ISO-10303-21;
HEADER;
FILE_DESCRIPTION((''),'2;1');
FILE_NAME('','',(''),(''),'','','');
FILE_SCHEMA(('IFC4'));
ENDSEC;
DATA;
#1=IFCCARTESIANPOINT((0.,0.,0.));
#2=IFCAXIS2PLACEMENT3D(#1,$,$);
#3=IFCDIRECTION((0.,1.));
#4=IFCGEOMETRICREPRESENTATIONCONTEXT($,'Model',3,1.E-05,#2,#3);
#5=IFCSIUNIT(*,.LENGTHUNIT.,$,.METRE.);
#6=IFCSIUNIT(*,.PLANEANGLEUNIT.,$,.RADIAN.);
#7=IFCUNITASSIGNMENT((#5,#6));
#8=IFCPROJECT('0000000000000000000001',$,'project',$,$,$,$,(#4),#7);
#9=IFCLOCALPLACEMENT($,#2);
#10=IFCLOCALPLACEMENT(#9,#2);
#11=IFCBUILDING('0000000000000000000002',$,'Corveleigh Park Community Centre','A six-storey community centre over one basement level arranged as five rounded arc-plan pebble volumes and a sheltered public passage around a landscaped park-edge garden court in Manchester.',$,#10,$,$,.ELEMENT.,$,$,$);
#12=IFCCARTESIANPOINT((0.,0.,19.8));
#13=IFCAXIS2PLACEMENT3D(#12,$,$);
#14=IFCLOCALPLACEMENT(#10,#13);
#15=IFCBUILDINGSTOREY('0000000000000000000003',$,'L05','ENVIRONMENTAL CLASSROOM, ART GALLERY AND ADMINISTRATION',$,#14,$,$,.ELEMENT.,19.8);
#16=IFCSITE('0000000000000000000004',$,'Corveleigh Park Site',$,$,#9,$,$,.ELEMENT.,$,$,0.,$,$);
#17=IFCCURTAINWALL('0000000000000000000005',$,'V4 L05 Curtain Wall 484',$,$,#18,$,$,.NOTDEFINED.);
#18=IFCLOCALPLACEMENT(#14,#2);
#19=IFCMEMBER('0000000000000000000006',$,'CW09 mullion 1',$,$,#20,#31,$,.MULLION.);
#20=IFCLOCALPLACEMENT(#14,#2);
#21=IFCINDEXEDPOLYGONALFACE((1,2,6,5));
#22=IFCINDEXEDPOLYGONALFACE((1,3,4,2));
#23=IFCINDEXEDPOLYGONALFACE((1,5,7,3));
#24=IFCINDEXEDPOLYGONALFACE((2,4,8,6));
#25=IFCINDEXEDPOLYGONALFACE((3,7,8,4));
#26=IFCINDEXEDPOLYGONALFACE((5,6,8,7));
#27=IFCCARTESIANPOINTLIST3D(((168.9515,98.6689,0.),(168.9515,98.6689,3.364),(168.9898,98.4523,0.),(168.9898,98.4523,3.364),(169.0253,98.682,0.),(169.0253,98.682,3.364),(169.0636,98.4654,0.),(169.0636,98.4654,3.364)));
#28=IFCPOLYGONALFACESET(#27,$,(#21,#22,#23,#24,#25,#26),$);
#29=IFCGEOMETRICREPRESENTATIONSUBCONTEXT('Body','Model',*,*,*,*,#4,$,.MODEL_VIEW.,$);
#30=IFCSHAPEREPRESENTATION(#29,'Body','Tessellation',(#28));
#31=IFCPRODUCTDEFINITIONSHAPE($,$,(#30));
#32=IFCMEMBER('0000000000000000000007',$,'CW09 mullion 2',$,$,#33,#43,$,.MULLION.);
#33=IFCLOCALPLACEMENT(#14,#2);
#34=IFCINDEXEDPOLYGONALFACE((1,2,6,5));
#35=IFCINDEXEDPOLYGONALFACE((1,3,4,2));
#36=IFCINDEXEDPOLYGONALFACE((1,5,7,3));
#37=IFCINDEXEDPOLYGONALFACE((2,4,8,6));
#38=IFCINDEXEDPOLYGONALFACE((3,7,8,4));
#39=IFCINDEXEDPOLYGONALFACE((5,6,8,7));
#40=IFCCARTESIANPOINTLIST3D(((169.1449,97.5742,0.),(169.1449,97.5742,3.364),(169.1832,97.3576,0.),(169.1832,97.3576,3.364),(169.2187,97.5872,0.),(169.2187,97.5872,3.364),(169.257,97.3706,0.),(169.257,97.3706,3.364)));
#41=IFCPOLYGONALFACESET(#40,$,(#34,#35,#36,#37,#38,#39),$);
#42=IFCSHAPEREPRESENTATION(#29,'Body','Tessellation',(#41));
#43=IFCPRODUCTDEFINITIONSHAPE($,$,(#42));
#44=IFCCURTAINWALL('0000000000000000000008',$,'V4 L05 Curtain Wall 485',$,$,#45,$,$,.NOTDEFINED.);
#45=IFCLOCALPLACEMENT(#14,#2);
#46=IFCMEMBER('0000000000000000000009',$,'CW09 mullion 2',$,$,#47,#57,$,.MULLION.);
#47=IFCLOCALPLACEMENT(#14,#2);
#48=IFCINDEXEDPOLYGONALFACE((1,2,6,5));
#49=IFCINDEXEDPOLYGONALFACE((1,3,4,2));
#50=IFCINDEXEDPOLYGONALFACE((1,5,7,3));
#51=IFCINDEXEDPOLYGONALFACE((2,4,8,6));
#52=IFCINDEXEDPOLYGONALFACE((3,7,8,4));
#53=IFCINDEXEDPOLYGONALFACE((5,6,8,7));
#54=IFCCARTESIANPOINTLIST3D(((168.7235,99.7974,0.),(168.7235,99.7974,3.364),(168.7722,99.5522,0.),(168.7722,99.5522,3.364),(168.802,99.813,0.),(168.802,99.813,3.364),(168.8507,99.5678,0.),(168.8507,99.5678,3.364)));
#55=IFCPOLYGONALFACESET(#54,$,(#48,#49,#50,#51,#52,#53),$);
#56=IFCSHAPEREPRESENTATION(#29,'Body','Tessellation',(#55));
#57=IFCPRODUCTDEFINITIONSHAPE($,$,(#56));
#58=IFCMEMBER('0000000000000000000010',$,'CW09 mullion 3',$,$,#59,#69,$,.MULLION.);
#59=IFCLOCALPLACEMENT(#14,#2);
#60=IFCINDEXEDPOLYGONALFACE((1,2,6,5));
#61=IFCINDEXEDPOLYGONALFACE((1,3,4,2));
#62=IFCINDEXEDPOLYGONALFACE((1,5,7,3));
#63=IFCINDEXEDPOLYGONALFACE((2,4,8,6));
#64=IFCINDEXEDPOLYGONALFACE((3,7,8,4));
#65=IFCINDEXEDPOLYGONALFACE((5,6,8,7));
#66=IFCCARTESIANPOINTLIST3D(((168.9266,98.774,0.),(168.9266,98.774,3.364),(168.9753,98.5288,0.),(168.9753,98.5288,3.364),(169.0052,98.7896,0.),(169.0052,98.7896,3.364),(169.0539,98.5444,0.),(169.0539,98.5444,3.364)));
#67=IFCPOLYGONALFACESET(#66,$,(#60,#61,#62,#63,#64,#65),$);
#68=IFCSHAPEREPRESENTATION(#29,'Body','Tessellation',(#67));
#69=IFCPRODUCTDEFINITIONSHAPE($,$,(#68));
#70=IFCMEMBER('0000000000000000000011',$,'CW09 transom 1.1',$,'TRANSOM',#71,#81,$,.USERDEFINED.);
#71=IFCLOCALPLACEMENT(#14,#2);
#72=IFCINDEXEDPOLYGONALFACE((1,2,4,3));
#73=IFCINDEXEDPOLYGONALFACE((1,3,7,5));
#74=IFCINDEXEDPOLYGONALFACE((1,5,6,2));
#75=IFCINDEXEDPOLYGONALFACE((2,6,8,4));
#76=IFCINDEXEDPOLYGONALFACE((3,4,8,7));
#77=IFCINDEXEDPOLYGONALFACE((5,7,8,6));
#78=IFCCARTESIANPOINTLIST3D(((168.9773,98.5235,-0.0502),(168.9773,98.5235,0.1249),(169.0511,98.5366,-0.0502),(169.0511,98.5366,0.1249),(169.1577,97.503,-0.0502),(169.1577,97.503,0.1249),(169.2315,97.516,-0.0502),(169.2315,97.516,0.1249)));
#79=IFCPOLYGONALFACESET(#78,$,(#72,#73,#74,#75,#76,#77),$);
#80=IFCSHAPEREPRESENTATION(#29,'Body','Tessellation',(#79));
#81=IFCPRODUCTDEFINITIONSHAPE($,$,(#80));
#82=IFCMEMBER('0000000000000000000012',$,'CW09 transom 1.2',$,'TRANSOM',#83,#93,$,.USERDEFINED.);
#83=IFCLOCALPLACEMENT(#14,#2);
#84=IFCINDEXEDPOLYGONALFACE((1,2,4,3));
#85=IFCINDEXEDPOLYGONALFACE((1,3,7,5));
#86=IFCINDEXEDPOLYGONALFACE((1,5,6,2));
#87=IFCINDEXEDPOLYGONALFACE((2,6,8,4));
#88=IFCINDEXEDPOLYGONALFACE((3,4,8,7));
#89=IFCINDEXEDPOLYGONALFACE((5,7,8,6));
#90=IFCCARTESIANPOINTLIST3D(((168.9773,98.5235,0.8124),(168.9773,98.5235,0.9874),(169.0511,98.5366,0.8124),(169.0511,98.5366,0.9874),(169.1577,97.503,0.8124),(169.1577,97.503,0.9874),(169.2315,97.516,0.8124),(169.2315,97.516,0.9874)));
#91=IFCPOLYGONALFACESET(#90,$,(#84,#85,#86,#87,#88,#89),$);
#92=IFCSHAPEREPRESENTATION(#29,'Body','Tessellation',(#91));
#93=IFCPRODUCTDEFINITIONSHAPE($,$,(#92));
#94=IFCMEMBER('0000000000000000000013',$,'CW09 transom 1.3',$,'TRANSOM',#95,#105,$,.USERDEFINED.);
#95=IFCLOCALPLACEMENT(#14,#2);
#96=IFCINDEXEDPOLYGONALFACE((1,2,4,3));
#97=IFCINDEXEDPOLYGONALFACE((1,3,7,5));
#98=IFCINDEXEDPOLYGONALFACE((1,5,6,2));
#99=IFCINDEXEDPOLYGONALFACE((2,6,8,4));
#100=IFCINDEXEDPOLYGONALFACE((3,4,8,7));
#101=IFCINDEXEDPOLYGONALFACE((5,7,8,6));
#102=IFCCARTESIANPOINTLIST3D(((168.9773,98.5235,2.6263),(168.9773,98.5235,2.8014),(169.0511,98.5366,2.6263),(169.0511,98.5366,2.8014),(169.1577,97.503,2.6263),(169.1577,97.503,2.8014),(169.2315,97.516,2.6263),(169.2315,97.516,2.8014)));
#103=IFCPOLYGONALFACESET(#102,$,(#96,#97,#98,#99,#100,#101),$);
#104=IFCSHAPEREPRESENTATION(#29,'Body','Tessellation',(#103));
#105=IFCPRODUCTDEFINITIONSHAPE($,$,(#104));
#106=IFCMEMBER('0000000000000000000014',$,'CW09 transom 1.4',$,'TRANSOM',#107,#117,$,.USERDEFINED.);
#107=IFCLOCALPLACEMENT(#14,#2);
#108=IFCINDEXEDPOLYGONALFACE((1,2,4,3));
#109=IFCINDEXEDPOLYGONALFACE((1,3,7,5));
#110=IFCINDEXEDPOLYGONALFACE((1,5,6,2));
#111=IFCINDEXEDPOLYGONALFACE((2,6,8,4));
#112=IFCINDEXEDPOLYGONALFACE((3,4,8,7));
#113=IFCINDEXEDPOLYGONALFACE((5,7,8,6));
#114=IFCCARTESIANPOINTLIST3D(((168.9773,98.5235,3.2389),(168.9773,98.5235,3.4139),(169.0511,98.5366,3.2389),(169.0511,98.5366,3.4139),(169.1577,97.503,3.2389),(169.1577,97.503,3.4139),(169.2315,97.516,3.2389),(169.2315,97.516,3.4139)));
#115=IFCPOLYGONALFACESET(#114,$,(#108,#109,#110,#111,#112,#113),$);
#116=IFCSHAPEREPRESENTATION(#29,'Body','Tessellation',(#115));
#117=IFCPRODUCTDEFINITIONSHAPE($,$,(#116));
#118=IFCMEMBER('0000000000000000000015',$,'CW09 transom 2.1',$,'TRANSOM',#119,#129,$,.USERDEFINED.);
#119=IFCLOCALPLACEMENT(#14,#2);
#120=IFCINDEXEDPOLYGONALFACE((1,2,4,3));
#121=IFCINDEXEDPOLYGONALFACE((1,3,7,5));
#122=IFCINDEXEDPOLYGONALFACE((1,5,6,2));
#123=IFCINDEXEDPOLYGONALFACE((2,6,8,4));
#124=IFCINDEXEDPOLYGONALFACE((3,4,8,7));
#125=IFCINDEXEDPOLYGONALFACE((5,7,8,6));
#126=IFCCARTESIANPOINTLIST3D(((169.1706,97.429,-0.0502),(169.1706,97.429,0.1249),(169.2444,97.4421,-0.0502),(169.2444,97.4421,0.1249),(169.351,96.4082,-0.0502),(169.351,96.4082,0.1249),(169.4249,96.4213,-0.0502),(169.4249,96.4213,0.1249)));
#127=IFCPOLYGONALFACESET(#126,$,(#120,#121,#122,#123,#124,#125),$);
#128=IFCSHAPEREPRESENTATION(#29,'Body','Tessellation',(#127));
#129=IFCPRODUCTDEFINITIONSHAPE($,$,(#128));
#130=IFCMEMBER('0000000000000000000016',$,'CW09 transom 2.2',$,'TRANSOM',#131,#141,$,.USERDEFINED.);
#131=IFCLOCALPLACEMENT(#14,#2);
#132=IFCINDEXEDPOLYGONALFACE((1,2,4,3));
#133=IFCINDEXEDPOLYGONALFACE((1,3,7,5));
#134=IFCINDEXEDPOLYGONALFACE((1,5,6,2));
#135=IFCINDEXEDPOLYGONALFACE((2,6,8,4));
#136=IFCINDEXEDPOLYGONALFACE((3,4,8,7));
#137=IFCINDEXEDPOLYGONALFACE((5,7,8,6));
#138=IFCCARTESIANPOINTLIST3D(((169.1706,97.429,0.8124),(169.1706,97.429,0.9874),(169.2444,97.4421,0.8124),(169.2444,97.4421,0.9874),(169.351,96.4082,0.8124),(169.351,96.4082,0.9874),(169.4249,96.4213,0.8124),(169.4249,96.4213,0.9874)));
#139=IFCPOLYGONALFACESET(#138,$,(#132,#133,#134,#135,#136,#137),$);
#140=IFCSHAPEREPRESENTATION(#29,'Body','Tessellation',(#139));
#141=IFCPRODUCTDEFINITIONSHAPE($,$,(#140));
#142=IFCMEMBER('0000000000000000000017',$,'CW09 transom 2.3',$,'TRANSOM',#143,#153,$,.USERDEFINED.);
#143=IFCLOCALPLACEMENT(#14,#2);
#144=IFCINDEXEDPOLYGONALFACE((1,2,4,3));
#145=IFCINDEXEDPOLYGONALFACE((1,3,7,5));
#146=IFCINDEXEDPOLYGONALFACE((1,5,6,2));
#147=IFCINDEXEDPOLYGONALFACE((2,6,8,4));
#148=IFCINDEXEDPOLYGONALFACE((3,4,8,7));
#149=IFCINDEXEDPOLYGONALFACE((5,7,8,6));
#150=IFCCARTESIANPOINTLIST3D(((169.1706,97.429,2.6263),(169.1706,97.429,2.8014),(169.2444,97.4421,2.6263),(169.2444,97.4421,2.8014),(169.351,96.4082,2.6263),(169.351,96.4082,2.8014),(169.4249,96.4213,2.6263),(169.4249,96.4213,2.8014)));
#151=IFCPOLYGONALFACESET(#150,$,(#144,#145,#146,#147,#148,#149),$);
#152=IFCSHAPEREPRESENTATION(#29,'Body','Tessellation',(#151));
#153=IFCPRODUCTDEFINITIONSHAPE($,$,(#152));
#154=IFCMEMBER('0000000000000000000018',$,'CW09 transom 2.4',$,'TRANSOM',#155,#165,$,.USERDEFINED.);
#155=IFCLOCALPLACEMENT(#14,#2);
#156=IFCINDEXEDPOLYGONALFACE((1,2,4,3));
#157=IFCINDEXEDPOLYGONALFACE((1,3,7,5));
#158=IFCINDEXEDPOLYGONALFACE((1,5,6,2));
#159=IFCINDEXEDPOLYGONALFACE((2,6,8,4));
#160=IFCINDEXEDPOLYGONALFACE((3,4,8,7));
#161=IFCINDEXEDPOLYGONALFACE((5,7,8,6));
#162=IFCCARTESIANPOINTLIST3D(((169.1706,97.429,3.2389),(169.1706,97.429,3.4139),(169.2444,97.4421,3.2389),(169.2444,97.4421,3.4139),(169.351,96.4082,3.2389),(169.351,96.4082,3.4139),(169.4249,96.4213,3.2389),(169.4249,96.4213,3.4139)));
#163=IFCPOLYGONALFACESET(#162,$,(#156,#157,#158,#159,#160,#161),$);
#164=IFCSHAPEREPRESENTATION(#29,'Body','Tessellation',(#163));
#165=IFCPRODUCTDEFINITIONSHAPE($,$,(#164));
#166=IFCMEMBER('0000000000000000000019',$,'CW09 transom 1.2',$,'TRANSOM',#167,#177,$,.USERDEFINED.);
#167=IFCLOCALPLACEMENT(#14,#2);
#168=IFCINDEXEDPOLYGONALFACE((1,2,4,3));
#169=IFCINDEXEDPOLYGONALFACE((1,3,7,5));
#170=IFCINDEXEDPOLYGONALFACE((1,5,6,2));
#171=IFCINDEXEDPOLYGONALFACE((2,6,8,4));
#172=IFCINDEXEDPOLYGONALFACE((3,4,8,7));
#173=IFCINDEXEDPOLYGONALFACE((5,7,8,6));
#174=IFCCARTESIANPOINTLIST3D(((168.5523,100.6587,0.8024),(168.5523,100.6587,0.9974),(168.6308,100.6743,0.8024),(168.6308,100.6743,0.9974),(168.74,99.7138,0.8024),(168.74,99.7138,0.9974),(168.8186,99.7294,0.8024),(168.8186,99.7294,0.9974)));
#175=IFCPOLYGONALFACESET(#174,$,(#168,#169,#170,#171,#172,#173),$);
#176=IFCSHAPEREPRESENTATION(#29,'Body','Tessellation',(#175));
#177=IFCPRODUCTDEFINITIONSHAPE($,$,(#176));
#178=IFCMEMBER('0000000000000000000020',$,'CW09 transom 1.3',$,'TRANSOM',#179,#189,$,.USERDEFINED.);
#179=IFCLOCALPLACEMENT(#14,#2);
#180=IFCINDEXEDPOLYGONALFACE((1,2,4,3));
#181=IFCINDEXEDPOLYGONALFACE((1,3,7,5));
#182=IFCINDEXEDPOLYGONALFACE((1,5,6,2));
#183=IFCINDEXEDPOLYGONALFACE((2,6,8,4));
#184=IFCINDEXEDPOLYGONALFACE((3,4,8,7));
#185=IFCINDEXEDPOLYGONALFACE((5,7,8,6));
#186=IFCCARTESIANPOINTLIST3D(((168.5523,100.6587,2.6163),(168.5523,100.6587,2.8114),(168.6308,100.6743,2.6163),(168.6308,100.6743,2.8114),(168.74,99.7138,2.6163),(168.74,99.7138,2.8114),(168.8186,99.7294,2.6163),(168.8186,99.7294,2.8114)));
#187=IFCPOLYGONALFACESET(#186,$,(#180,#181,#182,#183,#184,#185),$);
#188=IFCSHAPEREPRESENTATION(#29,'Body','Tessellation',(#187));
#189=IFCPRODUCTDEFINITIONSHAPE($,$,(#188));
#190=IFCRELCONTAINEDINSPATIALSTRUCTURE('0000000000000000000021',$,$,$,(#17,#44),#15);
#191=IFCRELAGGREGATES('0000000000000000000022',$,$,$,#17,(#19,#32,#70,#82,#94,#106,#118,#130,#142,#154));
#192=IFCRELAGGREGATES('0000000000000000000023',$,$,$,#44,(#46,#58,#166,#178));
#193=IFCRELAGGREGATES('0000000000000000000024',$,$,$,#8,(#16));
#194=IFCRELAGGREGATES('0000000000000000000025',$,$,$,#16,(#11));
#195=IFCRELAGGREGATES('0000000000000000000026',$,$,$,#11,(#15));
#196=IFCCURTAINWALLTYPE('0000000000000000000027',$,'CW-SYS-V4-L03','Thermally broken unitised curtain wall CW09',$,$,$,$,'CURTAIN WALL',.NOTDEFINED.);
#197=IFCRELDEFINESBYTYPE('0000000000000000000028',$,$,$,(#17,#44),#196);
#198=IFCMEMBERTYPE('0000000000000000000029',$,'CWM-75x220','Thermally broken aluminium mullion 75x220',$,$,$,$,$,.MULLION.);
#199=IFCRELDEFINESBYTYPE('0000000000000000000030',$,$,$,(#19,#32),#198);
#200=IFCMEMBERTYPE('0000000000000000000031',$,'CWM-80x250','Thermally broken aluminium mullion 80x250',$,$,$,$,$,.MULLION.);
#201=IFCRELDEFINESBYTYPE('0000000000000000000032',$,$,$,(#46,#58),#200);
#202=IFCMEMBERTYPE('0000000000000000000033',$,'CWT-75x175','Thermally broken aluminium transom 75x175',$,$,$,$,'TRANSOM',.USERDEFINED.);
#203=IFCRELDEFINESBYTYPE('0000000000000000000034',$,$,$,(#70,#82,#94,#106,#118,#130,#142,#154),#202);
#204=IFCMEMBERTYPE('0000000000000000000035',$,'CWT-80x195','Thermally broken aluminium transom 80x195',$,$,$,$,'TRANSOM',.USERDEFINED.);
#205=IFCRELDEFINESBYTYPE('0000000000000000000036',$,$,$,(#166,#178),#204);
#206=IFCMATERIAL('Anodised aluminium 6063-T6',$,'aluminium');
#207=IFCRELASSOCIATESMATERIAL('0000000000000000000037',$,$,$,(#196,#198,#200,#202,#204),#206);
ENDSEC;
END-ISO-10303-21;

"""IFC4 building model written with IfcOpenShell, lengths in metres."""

from ifc_helpers import new_model, si_unit, direction, frame, origin, origin_2d, place, context, subcontext, project, spatial, rectangle, extrude, material, material_profile, profile_set, type_object, element, aggregate, save


model = new_model("IFC4")

# Units and contexts
model_context = context("Model", 3, precision=1e-05, world=origin(), true_north=direction((0.0, 1.0)))
body_context = subcontext(model_context, "Body", "Model", "MODEL_VIEW")
ifc_project = project(units=[si_unit("LENGTHUNIT", "METRE"), si_unit("PLANEANGLEUNIT", "RADIAN")], contexts=[model_context])

# Site, building, storey
site_placement = place(None, origin())
site = spatial("IfcSite", under=ifc_project, at=site_placement, Name="Corveleigh Park Site", CompositionType="ELEMENT", RefElevation=0.0)
building_placement = place(site_placement, origin())
building = spatial("IfcBuilding", under=site, at=building_placement, Name="Corveleigh Park Community Centre", Description="A six-storey community centre over one basement level arranged as five rounded arc-plan pebble volumes and a sheltered public passage around a landscaped park-edge garden court in Manchester.", CompositionType="ELEMENT")
storey_placement = place(building_placement, frame((0.0, 0.0, 19.8)))
storey = spatial("IfcBuildingStorey", under=building, at=storey_placement, Name="L05", Description="ENVIRONMENTAL CLASSROOM, ART GALLERY AND ADMINISTRATION", CompositionType="ELEMENT", Elevation=19.8)

# Curtain walls, members
ifc_material_1 = material(Name="Anodised aluminium 6063-T6", Category="aluminium")
curtain_wall_type = type_object("IfcCurtainWallType", Name="CW-SYS-V4-L03", Description="Thermally broken unitised curtain wall CW09", ElementType="CURTAIN WALL", PredefinedType="NOTDEFINED", material=ifc_material_1)
curtain_wall_1_placement = place(storey_placement, origin())
curtain_wall_1 = element("IfcCurtainWall", 1, at=curtain_wall_1_placement, inside=storey, type_object=curtain_wall_type, Name="V4 L05 Curtain Wall 484", PredefinedType="NOTDEFINED")
ifc_material_profile_1 = material_profile(ifc_material_1, rectangle(XDim=0.075, YDim=0.22, at=origin_2d()), Name="ALU-M75x220", Category="aluminium")
ifc_profile_set_1 = profile_set([ifc_material_profile_1], Name="Anodised aluminium 6063-T6")
member_type_1 = type_object("IfcMemberType", Name="CWM-75x220", Description="Thermally broken aluminium mullion 75x220", PredefinedType="MULLION", material=ifc_profile_set_1)
member_1_placement = place(storey_placement, frame((169.0076, 98.5671, 0.0), z_axis=(0.0, 0.0, 1.0), x_axis=(0.984735, 0.174058, 0.0)))
member_1 = element("IfcMember", 2, at=member_1_placement, type_object=member_type_1, Name="CW09 mullion 1", PredefinedType="MULLION", context=body_context, shape_type="SweptSolid", body=[
    extrude(rectangle(XDim=0.075, YDim=0.22, at=origin_2d()), origin(), (0.0, 0.0, 1.0), 3.364),
])
member_2_placement = place(storey_placement, frame((169.2009, 97.4724, 0.0), z_axis=(0.0, 0.0, 1.0), x_axis=(0.984735, 0.174058, 0.0)))
member_2 = element("IfcMember", 3, at=member_2_placement, type_object=member_type_1, Name="CW09 mullion 2", PredefinedType="MULLION", context=body_context, shape_type="SweptSolid", body=[
    extrude(rectangle(XDim=0.075, YDim=0.22, at=origin_2d()), origin(), (0.0, 0.0, 1.0), 3.364),
])
curtain_wall_2_placement = place(storey_placement, origin())
curtain_wall_2 = element("IfcCurtainWall", 4, at=curtain_wall_2_placement, inside=storey, type_object=curtain_wall_type, Name="V4 L05 Curtain Wall 485", PredefinedType="NOTDEFINED")
ifc_material_profile_2 = material_profile(ifc_material_1, rectangle(XDim=0.0801, YDim=0.25, at=origin_2d()), Name="ALU-M80x250", Category="aluminium")
ifc_profile_set_2 = profile_set([ifc_material_profile_2], Name="Anodised aluminium 6063-T6")
member_type_2 = type_object("IfcMemberType", Name="CWM-80x250", Description="Thermally broken aluminium mullion 80x250", PredefinedType="MULLION", material=ifc_profile_set_2)
member_3_placement = place(storey_placement, frame((168.7871, 99.6826, 0.0), z_axis=(0.0, 0.0, 1.0), x_axis=(0.980846, 0.194784, 0.0)))
member_3 = element("IfcMember", 5, at=member_3_placement, type_object=member_type_2, Name="CW09 mullion 2", PredefinedType="MULLION", context=body_context, shape_type="SweptSolid", body=[
    extrude(rectangle(XDim=0.0801, YDim=0.25, at=origin_2d()), origin(), (0.0, 0.0, 1.0), 3.364),
])
member_4_placement = place(storey_placement, frame((168.9902, 98.6592, 0.0), z_axis=(0.0, 0.0, 1.0), x_axis=(0.980846, 0.194784, 0.0)))
member_4 = element("IfcMember", 6, at=member_4_placement, type_object=member_type_2, Name="CW09 mullion 3", PredefinedType="MULLION", context=body_context, shape_type="SweptSolid", body=[
    extrude(rectangle(XDim=0.0801, YDim=0.25, at=origin_2d()), origin(), (0.0, 0.0, 1.0), 3.364),
])

# Members
ifc_material_profile_3 = material_profile(ifc_material_1, rectangle(XDim=0.075, YDim=0.175, at=origin_2d()), Name="ALU-T75x175", Category="aluminium")
ifc_profile_set_3 = profile_set([ifc_material_profile_3], Name="Anodised aluminium 6063-T6")
member_type_3 = type_object("IfcMemberType", Name="CWT-75x175", Description="Thermally broken aluminium transom 75x175", ElementType="TRANSOM", PredefinedType="USERDEFINED", material=ifc_profile_set_3)
member_5_placement = place(storey_placement, frame((169.0142, 98.53, 0.0374), z_axis=(0.174094, -0.984729, 0.0), x_axis=(0.984729, 0.174094, 0.0)))
member_5 = element("IfcMember", 7, at=member_5_placement, type_object=member_type_3, Name="CW09 transom 1.1", ObjectType="TRANSOM", PredefinedType="USERDEFINED", context=body_context, shape_type="SweptSolid", body=[
    extrude(rectangle(XDim=0.075, YDim=0.175, at=origin_2d()), origin(), (0.0, 0.0, 1.0), 1.0364),
])
member_6_placement = place(storey_placement, frame((169.0142, 98.53, 0.8999), z_axis=(0.174094, -0.984729, 0.0), x_axis=(0.984729, 0.174094, 0.0)))
member_6 = element("IfcMember", 8, at=member_6_placement, type_object=member_type_3, Name="CW09 transom 1.2", ObjectType="TRANSOM", PredefinedType="USERDEFINED", context=body_context, shape_type="SweptSolid", body=[
    extrude(rectangle(XDim=0.075, YDim=0.175, at=origin_2d()), origin(), (0.0, 0.0, 1.0), 1.0364),
])
member_7_placement = place(storey_placement, frame((169.0142, 98.53, 2.7139), z_axis=(0.174094, -0.984729, 0.0), x_axis=(0.984729, 0.174094, 0.0)))
member_7 = element("IfcMember", 9, at=member_7_placement, type_object=member_type_3, Name="CW09 transom 1.3", ObjectType="TRANSOM", PredefinedType="USERDEFINED", context=body_context, shape_type="SweptSolid", body=[
    extrude(rectangle(XDim=0.075, YDim=0.175, at=origin_2d()), origin(), (0.0, 0.0, 1.0), 1.0364),
])
member_8_placement = place(storey_placement, frame((169.0142, 98.53, 3.3264), z_axis=(0.174094, -0.984729, 0.0), x_axis=(0.984729, 0.174094, 0.0)))
member_8 = element("IfcMember", 10, at=member_8_placement, type_object=member_type_3, Name="CW09 transom 1.4", ObjectType="TRANSOM", PredefinedType="USERDEFINED", context=body_context, shape_type="SweptSolid", body=[
    extrude(rectangle(XDim=0.075, YDim=0.175, at=origin_2d()), origin(), (0.0, 0.0, 1.0), 1.0364),
])
member_9_placement = place(storey_placement, frame((169.2075, 97.4355, 0.0374), z_axis=(0.174054, -0.984736, 0.0), x_axis=(0.984736, 0.174054, 0.0)))
member_9 = element("IfcMember", 11, at=member_9_placement, type_object=member_type_3, Name="CW09 transom 2.1", ObjectType="TRANSOM", PredefinedType="USERDEFINED", context=body_context, shape_type="SweptSolid", body=[
    extrude(rectangle(XDim=0.075, YDim=0.175, at=origin_2d()), origin(), (0.0, 0.0, 1.0), 1.0366),
])
member_10_placement = place(storey_placement, frame((169.2075, 97.4355, 0.8999), z_axis=(0.174054, -0.984736, 0.0), x_axis=(0.984736, 0.174054, 0.0)))
member_10 = element("IfcMember", 12, at=member_10_placement, type_object=member_type_3, Name="CW09 transom 2.2", ObjectType="TRANSOM", PredefinedType="USERDEFINED", context=body_context, shape_type="SweptSolid", body=[
    extrude(rectangle(XDim=0.075, YDim=0.175, at=origin_2d()), origin(), (0.0, 0.0, 1.0), 1.0366),
])
member_11_placement = place(storey_placement, frame((169.2075, 97.4355, 2.7139), z_axis=(0.174054, -0.984736, 0.0), x_axis=(0.984736, 0.174054, 0.0)))
member_11 = element("IfcMember", 13, at=member_11_placement, type_object=member_type_3, Name="CW09 transom 2.3", ObjectType="TRANSOM", PredefinedType="USERDEFINED", context=body_context, shape_type="SweptSolid", body=[
    extrude(rectangle(XDim=0.075, YDim=0.175, at=origin_2d()), origin(), (0.0, 0.0, 1.0), 1.0366),
])
member_12_placement = place(storey_placement, frame((169.2075, 97.4355, 3.3264), z_axis=(0.174054, -0.984736, 0.0), x_axis=(0.984736, 0.174054, 0.0)))
member_12 = element("IfcMember", 14, at=member_12_placement, type_object=member_type_3, Name="CW09 transom 2.4", ObjectType="TRANSOM", PredefinedType="USERDEFINED", context=body_context, shape_type="SweptSolid", body=[
    extrude(rectangle(XDim=0.075, YDim=0.175, at=origin_2d()), origin(), (0.0, 0.0, 1.0), 1.0366),
])
ifc_material_profile_4 = material_profile(ifc_material_1, rectangle(XDim=0.0801, YDim=0.1951, at=origin_2d()), Name="ALU-T80x195", Category="aluminium")
ifc_profile_set_4 = profile_set([ifc_material_profile_4], Name="Anodised aluminium 6063-T6")
member_type_4 = type_object("IfcMemberType", Name="CWT-80x195", Description="Thermally broken aluminium transom 80x195", ElementType="TRANSOM", PredefinedType="USERDEFINED", material=ifc_profile_set_4)
member_13_placement = place(storey_placement, frame((168.5916, 100.6665, 0.8999), z_axis=(0.194898, -0.980824, 0.0), x_axis=(0.980824, 0.194898, 0.0)))
member_13 = element("IfcMember", 15, at=member_13_placement, type_object=member_type_4, Name="CW09 transom 1.2", ObjectType="TRANSOM", PredefinedType="USERDEFINED", context=body_context, shape_type="SweptSolid", body=[
    extrude(rectangle(XDim=0.0801, YDim=0.1951, at=origin_2d()), origin(), (0.0, 0.0, 1.0), 0.9634),
])
member_14_placement = place(storey_placement, frame((168.5916, 100.6665, 2.7139), z_axis=(0.194898, -0.980824, 0.0), x_axis=(0.980824, 0.194898, 0.0)))
member_14 = element("IfcMember", 16, at=member_14_placement, type_object=member_type_4, Name="CW09 transom 1.3", ObjectType="TRANSOM", PredefinedType="USERDEFINED", context=body_context, shape_type="SweptSolid", body=[
    extrude(rectangle(XDim=0.0801, YDim=0.1951, at=origin_2d()), origin(), (0.0, 0.0, 1.0), 0.9634),
])

aggregate(curtain_wall_1, [member_1, member_2, member_5, member_6, member_7, member_8, member_9, member_10, member_11, member_12])
aggregate(curtain_wall_2, [member_3, member_4, member_13, member_14])

save(model, "model.ifc")
